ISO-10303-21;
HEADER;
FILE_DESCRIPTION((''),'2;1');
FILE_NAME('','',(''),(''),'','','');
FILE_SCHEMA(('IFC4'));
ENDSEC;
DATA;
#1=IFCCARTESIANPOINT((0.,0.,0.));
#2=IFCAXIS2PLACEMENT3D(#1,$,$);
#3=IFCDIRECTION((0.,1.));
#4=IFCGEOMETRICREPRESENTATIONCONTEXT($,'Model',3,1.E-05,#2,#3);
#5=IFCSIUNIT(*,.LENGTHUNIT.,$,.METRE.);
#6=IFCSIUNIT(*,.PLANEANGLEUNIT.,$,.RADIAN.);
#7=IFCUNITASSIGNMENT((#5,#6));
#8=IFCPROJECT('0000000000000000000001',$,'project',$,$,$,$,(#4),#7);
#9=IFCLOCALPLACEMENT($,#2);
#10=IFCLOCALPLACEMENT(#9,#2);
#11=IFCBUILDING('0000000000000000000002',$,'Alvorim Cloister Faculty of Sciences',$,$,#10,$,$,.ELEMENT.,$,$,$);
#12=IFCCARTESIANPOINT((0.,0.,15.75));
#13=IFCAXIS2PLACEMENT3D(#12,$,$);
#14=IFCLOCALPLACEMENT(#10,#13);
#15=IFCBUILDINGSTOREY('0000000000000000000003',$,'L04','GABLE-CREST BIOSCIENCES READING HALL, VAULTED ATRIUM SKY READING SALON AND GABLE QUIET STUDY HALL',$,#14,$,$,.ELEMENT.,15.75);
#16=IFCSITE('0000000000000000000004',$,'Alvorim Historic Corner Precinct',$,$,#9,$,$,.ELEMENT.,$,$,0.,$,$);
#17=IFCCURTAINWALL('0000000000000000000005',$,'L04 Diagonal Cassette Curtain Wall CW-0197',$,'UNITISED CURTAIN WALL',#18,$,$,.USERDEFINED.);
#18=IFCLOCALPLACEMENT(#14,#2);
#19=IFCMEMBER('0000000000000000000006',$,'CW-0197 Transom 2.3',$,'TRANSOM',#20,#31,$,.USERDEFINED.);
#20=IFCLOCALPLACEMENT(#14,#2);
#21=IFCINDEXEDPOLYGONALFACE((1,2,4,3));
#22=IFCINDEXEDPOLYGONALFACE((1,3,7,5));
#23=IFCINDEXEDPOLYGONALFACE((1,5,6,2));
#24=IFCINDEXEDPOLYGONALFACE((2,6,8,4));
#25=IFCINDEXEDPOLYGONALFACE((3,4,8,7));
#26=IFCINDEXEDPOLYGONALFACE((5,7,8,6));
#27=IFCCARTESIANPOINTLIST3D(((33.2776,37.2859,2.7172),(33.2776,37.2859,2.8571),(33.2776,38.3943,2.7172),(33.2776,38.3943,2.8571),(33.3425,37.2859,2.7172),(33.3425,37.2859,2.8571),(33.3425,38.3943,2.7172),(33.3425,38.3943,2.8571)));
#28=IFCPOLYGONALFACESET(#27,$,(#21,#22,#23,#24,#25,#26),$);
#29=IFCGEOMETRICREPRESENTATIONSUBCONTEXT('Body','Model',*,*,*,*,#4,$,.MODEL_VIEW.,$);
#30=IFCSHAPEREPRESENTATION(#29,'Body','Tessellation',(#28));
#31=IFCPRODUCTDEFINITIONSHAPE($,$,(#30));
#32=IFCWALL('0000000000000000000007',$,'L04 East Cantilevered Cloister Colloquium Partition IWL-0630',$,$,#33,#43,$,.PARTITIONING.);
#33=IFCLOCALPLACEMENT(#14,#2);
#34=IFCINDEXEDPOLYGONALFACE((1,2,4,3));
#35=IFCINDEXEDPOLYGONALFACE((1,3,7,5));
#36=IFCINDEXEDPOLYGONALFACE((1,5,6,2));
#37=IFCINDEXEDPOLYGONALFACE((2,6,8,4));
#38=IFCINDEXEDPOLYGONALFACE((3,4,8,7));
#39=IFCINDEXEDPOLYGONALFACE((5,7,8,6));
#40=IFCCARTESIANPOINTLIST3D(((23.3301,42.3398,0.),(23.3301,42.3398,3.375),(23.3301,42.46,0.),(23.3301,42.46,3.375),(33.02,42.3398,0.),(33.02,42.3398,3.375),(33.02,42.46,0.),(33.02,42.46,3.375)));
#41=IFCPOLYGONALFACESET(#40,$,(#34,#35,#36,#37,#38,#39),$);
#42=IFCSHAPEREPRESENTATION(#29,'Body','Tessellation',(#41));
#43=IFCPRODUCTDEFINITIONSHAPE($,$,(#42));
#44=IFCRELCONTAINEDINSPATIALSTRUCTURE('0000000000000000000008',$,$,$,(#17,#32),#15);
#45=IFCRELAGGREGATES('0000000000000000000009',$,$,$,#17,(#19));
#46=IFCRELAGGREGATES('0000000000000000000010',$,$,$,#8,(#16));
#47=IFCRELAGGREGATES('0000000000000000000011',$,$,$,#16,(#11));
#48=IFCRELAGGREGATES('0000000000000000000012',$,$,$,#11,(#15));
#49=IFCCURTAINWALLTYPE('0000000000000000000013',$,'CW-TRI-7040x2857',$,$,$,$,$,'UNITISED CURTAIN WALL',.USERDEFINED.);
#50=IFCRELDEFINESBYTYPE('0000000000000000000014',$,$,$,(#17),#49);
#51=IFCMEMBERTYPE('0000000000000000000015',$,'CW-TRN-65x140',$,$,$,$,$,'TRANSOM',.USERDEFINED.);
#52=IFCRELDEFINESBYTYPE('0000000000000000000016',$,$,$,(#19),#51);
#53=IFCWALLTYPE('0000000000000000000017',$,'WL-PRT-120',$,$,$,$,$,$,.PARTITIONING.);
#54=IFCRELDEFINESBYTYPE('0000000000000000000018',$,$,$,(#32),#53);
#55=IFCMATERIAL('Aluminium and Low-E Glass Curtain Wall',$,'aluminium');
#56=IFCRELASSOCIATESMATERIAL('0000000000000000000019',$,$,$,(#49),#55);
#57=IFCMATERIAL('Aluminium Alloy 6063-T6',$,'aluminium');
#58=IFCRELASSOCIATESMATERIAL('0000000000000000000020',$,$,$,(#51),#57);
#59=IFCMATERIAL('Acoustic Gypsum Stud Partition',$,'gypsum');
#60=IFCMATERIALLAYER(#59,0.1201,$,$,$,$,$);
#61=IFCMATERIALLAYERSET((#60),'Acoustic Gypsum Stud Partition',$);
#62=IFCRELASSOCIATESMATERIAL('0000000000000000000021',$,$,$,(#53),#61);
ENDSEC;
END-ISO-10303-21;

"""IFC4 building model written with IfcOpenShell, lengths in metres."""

from ifc_helpers import new_model, si_unit, direction, frame, frame_2d, origin, origin_2d, place, context, subcontext, project, spatial, rectangle, extrude, material, layer, layer_set, material_profile, profile_set, type_object, element, aggregate, save


model = new_model("IFC4")

# Units and contexts
model_context = context("Model", 3, precision=1e-05, world=origin(), true_north=direction((0.0, 1.0)))
body_context = subcontext(model_context, "Body", "Model", "MODEL_VIEW")
ifc_project = project(units=[si_unit("LENGTHUNIT", "METRE"), si_unit("PLANEANGLEUNIT", "RADIAN")], contexts=[model_context])

# Site, building, storey
site_placement = place(None, origin())
site = spatial("IfcSite", under=ifc_project, at=site_placement, Name="Alvorim Historic Corner Precinct", CompositionType="ELEMENT", RefElevation=0.0)
building_placement = place(site_placement, origin())
building = spatial("IfcBuilding", under=site, at=building_placement, Name="Alvorim Cloister Faculty of Sciences", CompositionType="ELEMENT")
storey_placement = place(building_placement, frame((0.0, 0.0, 15.75)))
storey = spatial("IfcBuildingStorey", under=building, at=storey_placement, Name="L04", Description="GABLE-CREST BIOSCIENCES READING HALL, VAULTED ATRIUM SKY READING SALON AND GABLE QUIET STUDY HALL", CompositionType="ELEMENT", Elevation=15.75)

# Curtain wall, member
ifc_material_1 = material(Name="Aluminium and Low-E Glass Curtain Wall", Category="aluminium")
curtain_wall_type = type_object("IfcCurtainWallType", Name="CW-TRI-7040x2857", ElementType="UNITISED CURTAIN WALL", PredefinedType="USERDEFINED", material=ifc_material_1)
curtain_wall_placement = place(storey_placement, origin())
curtain_wall = element("IfcCurtainWall", 1, at=curtain_wall_placement, inside=storey, type_object=curtain_wall_type, Name="L04 Diagonal Cassette Curtain Wall CW-0197", ObjectType="UNITISED CURTAIN WALL", PredefinedType="USERDEFINED")
ifc_material_2 = material(Name="Aluminium Alloy 6063-T6", Category="aluminium")
ifc_material_profile_1 = material_profile(ifc_material_2, rectangle(XDim=0.0649, YDim=0.1399, at=origin_2d()), Name="ALU-TRN-65x140")
ifc_profile_set_1 = profile_set([ifc_material_profile_1], Name="Aluminium Alloy 6063-T6")
member_type_1 = type_object("IfcMemberType", Name="CW-TRN-65x140", ElementType="TRANSOM", PredefinedType="USERDEFINED", material=ifc_profile_set_1)
member_1_placement = place(storey_placement, frame((33.3101, 37.2859, 2.7871), z_axis=(0.0, 1.0, 0.0), x_axis=(-1.0, 0.0, 0.0)))
member_1 = element("IfcMember", 2, at=member_1_placement, type_object=member_type_1, Name="CW-0197 Transom 2.3", ObjectType="TRANSOM", PredefinedType="USERDEFINED", context=body_context, shape_type="SweptSolid", body=[
    extrude(rectangle(XDim=0.0649, YDim=0.1399, at=origin_2d()), origin(), (0.0, 0.0, 1.0), 1.1084),
])
aggregate(curtain_wall, [member_1])

# Wall
ifc_material_3 = material(Name="Acoustic Gypsum Stud Partition", Category="gypsum")
ifc_layer = layer(ifc_material_3, 0.1201)
ifc_layer_set = layer_set([ifc_layer], Name="Acoustic Gypsum Stud Partition")
wall_type = type_object("IfcWallType", Name="WL-PRT-120", PredefinedType="PARTITIONING", material=ifc_layer_set)
wall_placement = place(storey_placement, frame((23.3301, 42.3999, 0.0), z_axis=(0.0, 0.0, 1.0), x_axis=(1.0, 0.0, 0.0)))
element("IfcWall", 3, at=wall_placement, inside=storey, type_object=wall_type, Name="L04 East Cantilevered Cloister Colloquium Partition IWL-0630", PredefinedType="PARTITIONING", context=body_context, shape_type="SweptSolid", body=[
    extrude(rectangle(XDim=9.6899, YDim=0.1201, at=frame_2d((4.845, 0.0))), origin(), (0.0, 0.0, 1.0), 3.375),
])

save(model, "model.ifc")
